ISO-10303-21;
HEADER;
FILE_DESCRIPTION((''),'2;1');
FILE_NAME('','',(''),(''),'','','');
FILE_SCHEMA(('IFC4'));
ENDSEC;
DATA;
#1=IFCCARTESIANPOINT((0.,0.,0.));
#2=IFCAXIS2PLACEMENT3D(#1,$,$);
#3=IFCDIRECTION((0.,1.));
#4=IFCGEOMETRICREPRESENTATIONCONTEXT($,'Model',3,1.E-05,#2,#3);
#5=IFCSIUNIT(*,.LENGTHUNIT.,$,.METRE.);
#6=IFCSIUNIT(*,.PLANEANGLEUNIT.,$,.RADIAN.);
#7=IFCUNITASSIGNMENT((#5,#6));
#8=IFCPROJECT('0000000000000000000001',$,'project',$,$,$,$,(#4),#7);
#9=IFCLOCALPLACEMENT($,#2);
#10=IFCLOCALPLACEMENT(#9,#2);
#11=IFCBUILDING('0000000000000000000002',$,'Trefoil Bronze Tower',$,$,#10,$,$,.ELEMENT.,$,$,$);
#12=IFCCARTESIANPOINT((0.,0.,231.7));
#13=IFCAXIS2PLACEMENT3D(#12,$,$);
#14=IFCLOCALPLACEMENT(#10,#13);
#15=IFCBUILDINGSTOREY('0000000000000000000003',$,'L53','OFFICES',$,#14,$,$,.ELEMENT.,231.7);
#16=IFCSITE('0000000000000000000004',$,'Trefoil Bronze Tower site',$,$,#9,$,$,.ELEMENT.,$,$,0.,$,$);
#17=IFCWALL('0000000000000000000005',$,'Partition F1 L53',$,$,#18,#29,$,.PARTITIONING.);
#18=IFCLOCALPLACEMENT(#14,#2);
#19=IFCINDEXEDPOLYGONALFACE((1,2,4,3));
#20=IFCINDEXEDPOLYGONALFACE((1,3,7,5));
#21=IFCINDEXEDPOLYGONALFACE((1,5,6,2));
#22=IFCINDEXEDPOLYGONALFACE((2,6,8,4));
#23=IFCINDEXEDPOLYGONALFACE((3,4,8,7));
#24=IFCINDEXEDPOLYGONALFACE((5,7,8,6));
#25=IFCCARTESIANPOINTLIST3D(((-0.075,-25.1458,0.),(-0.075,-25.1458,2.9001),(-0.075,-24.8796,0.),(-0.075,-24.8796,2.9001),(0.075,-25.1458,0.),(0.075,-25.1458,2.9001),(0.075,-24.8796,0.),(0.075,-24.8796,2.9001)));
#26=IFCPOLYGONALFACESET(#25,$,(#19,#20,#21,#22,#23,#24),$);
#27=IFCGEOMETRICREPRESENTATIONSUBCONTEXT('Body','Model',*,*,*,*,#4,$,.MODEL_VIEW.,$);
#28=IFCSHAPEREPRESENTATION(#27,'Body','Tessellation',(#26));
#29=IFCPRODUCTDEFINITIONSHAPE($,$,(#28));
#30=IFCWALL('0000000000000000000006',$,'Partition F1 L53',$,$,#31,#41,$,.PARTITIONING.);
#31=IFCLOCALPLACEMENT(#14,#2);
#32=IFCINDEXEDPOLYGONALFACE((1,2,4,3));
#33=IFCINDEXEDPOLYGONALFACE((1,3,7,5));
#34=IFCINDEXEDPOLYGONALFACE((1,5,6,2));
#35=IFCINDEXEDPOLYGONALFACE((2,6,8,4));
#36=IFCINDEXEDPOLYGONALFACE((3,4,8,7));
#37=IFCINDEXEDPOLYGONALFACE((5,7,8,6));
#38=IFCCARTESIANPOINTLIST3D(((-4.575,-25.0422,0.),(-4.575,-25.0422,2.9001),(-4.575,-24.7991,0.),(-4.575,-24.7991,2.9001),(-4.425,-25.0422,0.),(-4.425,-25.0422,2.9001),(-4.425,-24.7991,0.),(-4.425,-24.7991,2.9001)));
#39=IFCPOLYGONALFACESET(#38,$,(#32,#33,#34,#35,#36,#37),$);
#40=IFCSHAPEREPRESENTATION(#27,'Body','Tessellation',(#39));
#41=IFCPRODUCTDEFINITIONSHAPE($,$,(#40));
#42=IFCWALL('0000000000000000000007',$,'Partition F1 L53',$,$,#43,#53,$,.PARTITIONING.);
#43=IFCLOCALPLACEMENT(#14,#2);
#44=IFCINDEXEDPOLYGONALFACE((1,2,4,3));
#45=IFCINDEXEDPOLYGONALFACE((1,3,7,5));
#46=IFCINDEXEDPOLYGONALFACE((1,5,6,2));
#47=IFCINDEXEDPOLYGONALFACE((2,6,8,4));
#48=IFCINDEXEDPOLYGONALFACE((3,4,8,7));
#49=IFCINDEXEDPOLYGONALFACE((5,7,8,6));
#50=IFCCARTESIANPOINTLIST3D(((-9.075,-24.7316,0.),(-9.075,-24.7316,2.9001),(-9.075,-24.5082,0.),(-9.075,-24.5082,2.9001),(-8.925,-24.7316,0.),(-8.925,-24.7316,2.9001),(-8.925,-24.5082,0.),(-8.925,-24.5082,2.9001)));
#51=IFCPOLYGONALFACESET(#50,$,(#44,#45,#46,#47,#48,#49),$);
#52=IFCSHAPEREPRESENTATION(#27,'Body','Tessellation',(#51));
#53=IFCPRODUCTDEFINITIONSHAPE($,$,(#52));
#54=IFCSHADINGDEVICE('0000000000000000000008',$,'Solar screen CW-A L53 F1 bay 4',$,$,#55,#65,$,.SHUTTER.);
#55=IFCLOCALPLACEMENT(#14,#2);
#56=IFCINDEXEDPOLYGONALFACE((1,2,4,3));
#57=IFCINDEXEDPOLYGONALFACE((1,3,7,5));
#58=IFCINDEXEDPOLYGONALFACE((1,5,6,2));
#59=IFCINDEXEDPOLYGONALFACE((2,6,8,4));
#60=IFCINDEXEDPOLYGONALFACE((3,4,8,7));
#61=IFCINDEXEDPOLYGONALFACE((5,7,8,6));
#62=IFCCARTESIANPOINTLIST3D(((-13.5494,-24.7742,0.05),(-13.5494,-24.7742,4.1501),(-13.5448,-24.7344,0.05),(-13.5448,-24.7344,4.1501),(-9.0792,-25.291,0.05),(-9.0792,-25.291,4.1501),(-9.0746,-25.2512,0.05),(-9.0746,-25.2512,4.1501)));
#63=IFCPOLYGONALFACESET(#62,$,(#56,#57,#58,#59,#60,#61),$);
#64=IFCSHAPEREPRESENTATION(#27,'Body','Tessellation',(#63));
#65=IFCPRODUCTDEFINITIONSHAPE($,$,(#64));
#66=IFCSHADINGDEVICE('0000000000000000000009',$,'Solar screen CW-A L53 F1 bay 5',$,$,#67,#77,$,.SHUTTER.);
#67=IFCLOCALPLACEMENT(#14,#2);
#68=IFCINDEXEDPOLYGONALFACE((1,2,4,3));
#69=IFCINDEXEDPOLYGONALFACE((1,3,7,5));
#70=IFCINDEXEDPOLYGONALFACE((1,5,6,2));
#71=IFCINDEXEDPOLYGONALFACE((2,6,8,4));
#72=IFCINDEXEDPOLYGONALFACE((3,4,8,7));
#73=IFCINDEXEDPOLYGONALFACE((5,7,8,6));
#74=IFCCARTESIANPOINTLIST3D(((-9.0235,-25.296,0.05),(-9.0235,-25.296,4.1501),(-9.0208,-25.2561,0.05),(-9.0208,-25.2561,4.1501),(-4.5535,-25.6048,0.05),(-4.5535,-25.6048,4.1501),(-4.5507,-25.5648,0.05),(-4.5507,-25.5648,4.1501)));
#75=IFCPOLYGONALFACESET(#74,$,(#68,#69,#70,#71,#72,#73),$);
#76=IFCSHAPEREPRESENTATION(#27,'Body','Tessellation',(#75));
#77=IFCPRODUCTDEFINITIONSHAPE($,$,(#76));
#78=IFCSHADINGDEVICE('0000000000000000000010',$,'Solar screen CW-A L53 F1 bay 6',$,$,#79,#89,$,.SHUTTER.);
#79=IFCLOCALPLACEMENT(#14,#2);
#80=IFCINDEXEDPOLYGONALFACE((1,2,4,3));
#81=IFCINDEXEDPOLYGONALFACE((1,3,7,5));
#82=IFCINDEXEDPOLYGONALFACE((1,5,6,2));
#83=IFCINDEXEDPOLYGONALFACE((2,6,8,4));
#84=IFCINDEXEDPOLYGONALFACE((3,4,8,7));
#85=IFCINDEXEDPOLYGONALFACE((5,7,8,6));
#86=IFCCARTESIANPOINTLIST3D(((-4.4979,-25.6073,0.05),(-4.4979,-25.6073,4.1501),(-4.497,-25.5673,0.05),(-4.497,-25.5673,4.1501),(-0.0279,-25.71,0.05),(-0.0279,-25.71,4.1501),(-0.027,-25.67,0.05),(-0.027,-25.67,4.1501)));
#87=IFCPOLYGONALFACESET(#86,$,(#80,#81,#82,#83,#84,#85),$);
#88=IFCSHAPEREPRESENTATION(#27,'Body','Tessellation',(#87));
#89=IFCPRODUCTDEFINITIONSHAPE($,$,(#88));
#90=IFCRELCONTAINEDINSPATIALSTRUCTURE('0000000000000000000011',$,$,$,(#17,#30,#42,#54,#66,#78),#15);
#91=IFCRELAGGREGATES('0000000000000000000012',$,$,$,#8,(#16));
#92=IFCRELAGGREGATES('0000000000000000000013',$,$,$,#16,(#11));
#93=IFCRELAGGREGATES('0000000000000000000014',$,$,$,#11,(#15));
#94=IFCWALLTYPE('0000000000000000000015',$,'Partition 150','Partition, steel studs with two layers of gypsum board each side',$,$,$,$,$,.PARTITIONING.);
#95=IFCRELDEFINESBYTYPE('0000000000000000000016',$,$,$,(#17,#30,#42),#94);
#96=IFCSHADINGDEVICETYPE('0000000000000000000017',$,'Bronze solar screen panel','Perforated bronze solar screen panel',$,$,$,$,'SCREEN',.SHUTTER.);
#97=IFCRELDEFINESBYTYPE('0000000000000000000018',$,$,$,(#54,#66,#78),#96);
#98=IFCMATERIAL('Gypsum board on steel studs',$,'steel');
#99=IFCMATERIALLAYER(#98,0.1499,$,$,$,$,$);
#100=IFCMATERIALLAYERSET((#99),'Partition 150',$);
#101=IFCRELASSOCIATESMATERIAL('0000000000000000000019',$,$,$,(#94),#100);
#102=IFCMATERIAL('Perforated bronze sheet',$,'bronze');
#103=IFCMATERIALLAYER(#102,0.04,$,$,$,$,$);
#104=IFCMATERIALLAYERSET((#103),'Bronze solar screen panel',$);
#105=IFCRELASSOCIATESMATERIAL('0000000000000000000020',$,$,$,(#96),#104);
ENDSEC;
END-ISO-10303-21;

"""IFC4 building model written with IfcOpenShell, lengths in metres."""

from ifc_helpers import new_model, si_unit, direction, frame, frame_2d, origin, origin_2d, place, context, subcontext, project, spatial, rectangle, extrude, material, layer, layer_set, type_object, element, save


model = new_model("IFC4")

# Units and contexts
model_context = context("Model", 3, precision=1e-05, world=origin(), true_north=direction((0.0, 1.0)))
body_context = subcontext(model_context, "Body", "Model", "MODEL_VIEW")
ifc_project = project(units=[si_unit("LENGTHUNIT", "METRE"), si_unit("PLANEANGLEUNIT", "RADIAN")], contexts=[model_context])

# Site, building, storey
site_placement = place(None, origin())
site = spatial("IfcSite", under=ifc_project, at=site_placement, Name="Trefoil Bronze Tower site", CompositionType="ELEMENT", RefElevation=0.0)
building_placement = place(site_placement, origin())
building = spatial("IfcBuilding", under=site, at=building_placement, Name="Trefoil Bronze Tower", CompositionType="ELEMENT")
storey_placement = place(building_placement, frame((0.0, 0.0, 231.7)))
storey = spatial("IfcBuildingStorey", under=building, at=storey_placement, Name="L53", Description="OFFICES", CompositionType="ELEMENT", Elevation=231.7)

# Walls
ifc_material_1 = material(Name="Gypsum board on steel studs", Category="steel")
ifc_layer_1 = layer(ifc_material_1, 0.1499)
ifc_layer_set_1 = layer_set([ifc_layer_1], Name="Partition 150")
wall_type_1 = type_object("IfcWallType", Name="Partition 150", Description="Partition, steel studs with two layers of gypsum board each side", PredefinedType="PARTITIONING", material=ifc_layer_set_1)
wall_1_placement = place(storey_placement, frame((0.0, -24.8796, 0.0), z_axis=(0.0, 0.0, 1.0), x_axis=(0.0, -1.0, 0.0)))
element("IfcWall", 1, at=wall_1_placement, inside=storey, type_object=wall_type_1, Name="Partition F1 L53", PredefinedType="PARTITIONING", context=body_context, shape_type="SweptSolid", body=[
    extrude(rectangle(XDim=0.2661, YDim=0.1499, at=frame_2d((0.1331, 0.0))), origin(), (0.0, 0.0, 1.0), 2.9001),
])
wall_2_placement = place(storey_placement, frame((-4.5, -24.7991, 0.0), z_axis=(0.0, 0.0, 1.0), x_axis=(0.0, -1.0, 0.0)))
element("IfcWall", 2, at=wall_2_placement, inside=storey, type_object=wall_type_1, Name="Partition F1 L53", PredefinedType="PARTITIONING", context=body_context, shape_type="SweptSolid", body=[
    extrude(rectangle(XDim=0.2432, YDim=0.1499, at=frame_2d((0.1216, 0.0))), origin(), (0.0, 0.0, 1.0), 2.9001),
])
wall_3_placement = place(storey_placement, frame((-9.0, -24.5081, 0.0), z_axis=(0.0, 0.0, 1.0), x_axis=(0.0, -1.0, 0.0)))
element("IfcWall", 3, at=wall_3_placement, inside=storey, type_object=wall_type_1, Name="Partition F1 L53", PredefinedType="PARTITIONING", context=body_context, shape_type="SweptSolid", body=[
    extrude(rectangle(XDim=0.2234, YDim=0.1499, at=frame_2d((0.1118, 0.0))), origin(), (0.0, 0.0, 1.0), 2.9001),
])

# Shading devices
ifc_material_2 = material(Name="Perforated bronze sheet", Category="bronze")
ifc_layer_2 = layer(ifc_material_2, 0.04)
ifc_layer_set_2 = layer_set([ifc_layer_2], Name="Bronze solar screen panel")
shading_device_type = type_object("IfcShadingDeviceType", Name="Bronze solar screen panel", Description="Perforated bronze solar screen panel", ElementType="SCREEN", PredefinedType="SHUTTER", material=ifc_layer_set_2)
shading_device_1_placement = place(storey_placement, frame((-11.312, -25.0127, 0.05), z_axis=(0.0, 0.0, 1.0), x_axis=(0.993382, -0.114859, 0.0)))
element("IfcShadingDevice", 4, at=shading_device_1_placement, inside=storey, type_object=shading_device_type, Name="Solar screen CW-A L53 F1 bay 4", PredefinedType="SHUTTER", context=body_context, shape_type="SweptSolid", body=[
    extrude(rectangle(XDim=4.5, YDim=0.04, at=origin_2d()), origin(), (0.0, 0.0, 1.0), 4.1001),
])
shading_device_2_placement = place(storey_placement, frame((-6.7871, -25.4304, 0.05), z_axis=(0.0, 0.0, 1.0), x_axis=(0.997623, -0.068915, 0.0)))
element("IfcShadingDevice", 5, at=shading_device_2_placement, inside=storey, type_object=shading_device_type, Name="Solar screen CW-A L53 F1 bay 5", PredefinedType="SHUTTER", context=body_context, shape_type="SweptSolid", body=[
    extrude(rectangle(XDim=4.4807, YDim=0.04, at=origin_2d()), origin(), (0.0, 0.0, 1.0), 4.1001),
])
shading_device_3_placement = place(storey_placement, frame((-2.2625, -25.6387, 0.05), z_axis=(0.0, 0.0, 1.0), x_axis=(0.999736, -0.022972, 0.0)))
element("IfcShadingDevice", 6, at=shading_device_3_placement, inside=storey, type_object=shading_device_type, Name="Solar screen CW-A L53 F1 bay 6", PredefinedType="SHUTTER", context=body_context, shape_type="SweptSolid", body=[
    extrude(rectangle(XDim=4.4712, YDim=0.04, at=origin_2d()), origin(), (0.0, 0.0, 1.0), 4.1001),
])

save(model, "model.ifc")
